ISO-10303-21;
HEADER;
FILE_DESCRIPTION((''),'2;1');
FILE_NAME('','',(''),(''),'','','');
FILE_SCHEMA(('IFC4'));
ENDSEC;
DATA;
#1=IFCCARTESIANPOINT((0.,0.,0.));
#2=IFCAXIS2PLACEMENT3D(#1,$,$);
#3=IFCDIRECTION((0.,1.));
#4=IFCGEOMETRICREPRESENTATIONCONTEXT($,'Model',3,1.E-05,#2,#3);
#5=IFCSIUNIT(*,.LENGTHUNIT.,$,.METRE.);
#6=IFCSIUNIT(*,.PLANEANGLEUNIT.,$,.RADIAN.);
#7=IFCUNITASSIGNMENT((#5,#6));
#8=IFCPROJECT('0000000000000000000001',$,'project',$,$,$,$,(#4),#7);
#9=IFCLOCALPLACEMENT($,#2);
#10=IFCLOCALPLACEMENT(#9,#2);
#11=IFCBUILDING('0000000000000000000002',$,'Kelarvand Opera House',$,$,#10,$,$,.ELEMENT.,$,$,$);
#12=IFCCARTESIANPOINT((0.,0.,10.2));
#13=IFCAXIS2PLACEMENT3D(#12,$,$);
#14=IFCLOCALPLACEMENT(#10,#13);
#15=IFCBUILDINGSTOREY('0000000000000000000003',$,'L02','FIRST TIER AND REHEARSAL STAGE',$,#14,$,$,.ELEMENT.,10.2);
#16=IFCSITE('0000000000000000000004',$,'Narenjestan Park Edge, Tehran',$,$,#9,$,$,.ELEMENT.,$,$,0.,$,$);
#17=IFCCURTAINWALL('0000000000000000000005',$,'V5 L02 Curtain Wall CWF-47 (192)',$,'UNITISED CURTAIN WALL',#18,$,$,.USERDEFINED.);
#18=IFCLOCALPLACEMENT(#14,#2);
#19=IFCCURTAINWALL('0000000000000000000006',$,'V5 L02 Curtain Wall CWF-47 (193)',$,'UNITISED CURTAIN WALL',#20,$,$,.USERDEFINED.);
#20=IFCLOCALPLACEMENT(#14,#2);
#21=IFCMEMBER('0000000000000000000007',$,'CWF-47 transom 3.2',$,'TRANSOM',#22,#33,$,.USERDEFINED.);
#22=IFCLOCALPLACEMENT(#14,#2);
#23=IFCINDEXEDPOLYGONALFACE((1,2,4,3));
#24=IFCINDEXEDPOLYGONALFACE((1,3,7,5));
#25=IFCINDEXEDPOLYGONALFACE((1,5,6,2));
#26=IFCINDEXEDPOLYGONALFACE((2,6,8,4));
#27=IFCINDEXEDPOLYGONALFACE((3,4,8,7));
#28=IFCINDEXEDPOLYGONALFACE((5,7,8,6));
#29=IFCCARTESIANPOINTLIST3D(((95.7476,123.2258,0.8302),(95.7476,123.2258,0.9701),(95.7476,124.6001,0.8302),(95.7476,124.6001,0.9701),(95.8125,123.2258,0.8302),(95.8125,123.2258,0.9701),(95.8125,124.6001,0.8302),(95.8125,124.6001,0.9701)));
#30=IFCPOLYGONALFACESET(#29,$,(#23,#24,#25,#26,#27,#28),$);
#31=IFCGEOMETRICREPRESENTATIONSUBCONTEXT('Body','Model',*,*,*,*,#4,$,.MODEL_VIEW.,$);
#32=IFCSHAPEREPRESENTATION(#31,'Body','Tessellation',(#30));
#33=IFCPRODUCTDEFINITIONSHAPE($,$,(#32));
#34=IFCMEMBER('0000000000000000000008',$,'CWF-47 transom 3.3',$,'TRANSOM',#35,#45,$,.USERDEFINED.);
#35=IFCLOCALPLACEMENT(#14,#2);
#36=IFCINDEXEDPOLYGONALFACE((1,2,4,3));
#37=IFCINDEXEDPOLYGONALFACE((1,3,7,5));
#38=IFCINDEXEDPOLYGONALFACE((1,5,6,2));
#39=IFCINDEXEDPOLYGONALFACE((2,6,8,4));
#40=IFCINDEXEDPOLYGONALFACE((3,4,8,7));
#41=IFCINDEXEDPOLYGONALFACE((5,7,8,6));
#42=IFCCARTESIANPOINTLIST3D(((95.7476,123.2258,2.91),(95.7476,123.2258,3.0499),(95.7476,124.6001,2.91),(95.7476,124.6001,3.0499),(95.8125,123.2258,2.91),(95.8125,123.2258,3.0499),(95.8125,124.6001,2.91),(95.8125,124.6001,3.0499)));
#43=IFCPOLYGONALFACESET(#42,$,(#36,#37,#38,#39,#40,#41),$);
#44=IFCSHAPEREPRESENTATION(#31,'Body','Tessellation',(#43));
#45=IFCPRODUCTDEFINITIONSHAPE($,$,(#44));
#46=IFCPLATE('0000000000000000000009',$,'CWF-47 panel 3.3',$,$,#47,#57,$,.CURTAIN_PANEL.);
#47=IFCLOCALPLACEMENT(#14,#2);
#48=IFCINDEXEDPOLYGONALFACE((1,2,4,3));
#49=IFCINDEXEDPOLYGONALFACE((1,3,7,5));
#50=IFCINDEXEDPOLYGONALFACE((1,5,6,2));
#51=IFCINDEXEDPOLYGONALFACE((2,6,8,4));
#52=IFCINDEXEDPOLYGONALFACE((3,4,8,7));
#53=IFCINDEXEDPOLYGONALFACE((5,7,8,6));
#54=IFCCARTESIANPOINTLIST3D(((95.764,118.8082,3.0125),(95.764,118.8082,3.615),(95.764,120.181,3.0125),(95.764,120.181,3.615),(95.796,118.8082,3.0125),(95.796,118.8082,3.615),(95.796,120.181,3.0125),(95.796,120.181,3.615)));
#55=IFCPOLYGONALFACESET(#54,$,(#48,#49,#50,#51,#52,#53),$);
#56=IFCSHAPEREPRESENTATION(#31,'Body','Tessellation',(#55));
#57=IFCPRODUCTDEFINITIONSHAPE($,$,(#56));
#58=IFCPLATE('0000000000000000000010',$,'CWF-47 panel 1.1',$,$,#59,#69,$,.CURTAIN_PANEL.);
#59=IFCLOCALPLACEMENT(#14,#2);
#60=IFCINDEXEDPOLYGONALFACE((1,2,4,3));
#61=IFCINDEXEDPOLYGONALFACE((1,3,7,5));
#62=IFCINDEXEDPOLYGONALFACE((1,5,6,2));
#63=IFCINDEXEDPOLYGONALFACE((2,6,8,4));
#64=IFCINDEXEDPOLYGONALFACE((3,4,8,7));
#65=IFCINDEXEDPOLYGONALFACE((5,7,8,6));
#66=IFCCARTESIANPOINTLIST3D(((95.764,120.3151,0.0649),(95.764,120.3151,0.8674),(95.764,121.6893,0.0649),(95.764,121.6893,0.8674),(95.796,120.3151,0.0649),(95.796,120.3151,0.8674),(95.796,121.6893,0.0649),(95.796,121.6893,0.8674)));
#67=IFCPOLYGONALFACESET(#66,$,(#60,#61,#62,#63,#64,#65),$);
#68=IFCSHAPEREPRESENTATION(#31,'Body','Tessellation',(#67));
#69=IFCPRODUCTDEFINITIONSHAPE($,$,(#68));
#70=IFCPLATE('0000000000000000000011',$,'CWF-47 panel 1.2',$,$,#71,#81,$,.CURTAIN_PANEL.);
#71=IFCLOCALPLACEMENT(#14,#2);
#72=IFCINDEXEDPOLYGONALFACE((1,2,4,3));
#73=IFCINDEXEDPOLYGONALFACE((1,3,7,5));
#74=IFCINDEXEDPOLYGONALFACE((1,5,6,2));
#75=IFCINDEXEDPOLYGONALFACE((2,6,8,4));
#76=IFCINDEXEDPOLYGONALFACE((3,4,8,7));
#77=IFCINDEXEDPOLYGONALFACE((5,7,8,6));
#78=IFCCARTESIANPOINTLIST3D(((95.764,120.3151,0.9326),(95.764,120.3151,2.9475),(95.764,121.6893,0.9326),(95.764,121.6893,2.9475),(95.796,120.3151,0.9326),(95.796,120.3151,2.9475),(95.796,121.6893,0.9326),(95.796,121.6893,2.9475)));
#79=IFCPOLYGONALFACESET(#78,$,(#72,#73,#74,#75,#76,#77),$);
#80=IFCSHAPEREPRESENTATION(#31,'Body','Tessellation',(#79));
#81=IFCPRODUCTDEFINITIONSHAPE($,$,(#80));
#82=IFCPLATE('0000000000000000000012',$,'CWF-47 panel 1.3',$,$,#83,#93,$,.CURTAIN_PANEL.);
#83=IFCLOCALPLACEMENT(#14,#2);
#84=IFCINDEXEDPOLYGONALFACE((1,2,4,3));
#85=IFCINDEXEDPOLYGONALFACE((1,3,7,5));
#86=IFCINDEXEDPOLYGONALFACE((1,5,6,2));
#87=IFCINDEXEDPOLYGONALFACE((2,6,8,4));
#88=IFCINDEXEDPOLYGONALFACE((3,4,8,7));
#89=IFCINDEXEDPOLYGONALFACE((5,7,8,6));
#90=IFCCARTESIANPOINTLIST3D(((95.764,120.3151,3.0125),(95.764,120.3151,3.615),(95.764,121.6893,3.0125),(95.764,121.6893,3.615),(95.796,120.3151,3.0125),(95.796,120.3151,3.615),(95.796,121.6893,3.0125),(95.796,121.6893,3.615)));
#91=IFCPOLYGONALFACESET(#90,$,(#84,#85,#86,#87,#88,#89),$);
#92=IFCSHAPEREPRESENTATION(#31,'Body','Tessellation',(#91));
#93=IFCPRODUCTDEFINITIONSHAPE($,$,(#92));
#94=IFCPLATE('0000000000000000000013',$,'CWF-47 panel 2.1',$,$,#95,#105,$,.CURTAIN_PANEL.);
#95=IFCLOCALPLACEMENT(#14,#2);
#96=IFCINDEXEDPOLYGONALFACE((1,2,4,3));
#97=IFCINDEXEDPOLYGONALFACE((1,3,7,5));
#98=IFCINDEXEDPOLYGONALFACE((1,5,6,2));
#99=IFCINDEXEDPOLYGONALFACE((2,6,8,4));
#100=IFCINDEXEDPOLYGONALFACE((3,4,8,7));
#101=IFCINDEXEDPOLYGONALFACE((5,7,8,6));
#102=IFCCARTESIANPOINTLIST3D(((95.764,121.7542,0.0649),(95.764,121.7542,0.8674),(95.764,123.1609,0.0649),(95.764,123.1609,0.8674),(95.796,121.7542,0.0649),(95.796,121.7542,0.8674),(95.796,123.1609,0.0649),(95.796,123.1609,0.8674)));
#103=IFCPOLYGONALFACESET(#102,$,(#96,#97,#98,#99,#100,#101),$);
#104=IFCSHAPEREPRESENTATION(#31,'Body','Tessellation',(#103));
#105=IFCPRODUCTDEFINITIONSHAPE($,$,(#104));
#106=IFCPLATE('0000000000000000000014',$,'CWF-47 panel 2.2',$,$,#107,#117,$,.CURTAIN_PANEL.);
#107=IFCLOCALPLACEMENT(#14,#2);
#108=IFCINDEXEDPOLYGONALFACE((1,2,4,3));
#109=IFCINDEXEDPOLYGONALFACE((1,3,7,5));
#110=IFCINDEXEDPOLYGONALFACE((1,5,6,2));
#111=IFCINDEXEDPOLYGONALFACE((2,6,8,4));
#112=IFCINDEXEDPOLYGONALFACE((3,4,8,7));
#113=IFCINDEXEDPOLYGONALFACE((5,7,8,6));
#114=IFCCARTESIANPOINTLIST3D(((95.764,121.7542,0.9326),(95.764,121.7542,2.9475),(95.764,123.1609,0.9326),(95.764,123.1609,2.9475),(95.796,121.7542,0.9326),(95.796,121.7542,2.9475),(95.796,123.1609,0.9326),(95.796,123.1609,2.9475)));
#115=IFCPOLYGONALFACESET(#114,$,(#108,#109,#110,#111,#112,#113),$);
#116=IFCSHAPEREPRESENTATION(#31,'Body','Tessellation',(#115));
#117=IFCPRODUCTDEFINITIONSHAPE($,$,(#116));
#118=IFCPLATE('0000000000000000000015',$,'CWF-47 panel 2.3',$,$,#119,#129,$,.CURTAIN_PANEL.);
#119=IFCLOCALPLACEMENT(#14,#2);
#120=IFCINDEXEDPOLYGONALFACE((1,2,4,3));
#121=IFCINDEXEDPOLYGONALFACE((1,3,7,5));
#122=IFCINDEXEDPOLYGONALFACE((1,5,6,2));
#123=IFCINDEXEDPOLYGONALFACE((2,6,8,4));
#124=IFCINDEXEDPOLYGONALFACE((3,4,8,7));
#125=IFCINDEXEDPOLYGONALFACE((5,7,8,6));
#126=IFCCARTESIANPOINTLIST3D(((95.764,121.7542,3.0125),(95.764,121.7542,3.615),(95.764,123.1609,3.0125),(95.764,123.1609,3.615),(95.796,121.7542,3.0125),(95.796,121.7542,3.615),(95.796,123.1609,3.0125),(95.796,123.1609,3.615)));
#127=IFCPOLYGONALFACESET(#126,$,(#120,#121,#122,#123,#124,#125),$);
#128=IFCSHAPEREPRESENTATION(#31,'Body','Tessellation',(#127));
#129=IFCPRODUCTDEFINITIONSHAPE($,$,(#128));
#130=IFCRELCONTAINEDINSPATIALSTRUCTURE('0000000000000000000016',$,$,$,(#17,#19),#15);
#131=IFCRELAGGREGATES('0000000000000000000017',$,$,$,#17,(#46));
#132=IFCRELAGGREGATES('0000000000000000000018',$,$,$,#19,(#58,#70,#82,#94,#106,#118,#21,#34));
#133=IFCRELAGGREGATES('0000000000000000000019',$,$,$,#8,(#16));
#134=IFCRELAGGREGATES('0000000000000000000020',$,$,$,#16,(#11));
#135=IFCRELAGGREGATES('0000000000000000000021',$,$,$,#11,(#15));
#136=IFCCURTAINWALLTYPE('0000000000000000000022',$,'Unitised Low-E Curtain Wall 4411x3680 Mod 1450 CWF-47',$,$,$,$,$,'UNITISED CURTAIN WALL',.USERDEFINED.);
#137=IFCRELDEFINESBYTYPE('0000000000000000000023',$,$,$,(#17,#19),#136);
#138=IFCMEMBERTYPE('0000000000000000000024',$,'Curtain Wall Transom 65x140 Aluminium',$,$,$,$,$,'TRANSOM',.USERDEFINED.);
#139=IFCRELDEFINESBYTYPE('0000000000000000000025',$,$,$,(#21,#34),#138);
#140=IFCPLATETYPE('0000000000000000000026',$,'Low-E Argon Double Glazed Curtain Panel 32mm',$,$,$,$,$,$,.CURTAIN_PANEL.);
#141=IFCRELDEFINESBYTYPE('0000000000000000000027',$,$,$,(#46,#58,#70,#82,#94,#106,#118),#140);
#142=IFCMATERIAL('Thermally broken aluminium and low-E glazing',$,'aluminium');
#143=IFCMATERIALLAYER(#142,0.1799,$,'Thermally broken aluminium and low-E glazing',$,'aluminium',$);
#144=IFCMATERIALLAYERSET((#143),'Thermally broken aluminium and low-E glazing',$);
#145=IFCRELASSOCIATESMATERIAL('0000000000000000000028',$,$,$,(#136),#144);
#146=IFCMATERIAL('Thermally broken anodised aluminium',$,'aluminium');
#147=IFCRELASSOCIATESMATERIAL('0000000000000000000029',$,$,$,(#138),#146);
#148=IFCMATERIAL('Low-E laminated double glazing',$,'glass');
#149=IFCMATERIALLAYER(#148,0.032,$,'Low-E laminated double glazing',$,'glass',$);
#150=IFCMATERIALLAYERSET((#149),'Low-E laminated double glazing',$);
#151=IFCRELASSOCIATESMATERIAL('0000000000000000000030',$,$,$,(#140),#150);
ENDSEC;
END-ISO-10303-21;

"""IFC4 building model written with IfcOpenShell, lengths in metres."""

from ifc_helpers import new_model, si_unit, direction, frame, origin, origin_2d, place, context, subcontext, project, spatial, rectangle, extrude, material, layer, layer_set, material_profile, profile_set, type_object, element, aggregate, save


model = new_model("IFC4")

# Units and contexts
model_context = context("Model", 3, precision=1e-05, world=origin(), true_north=direction((0.0, 1.0)))
body_context = subcontext(model_context, "Body", "Model", "MODEL_VIEW")
ifc_project = project(units=[si_unit("LENGTHUNIT", "METRE"), si_unit("PLANEANGLEUNIT", "RADIAN")], contexts=[model_context])

# Site, building, storey
site_placement = place(None, origin())
site = spatial("IfcSite", under=ifc_project, at=site_placement, Name="Narenjestan Park Edge, Tehran", CompositionType="ELEMENT", RefElevation=0.0)
building_placement = place(site_placement, origin())
building = spatial("IfcBuilding", under=site, at=building_placement, Name="Kelarvand Opera House", CompositionType="ELEMENT")
storey_placement = place(building_placement, frame((0.0, 0.0, 10.2)))
storey = spatial("IfcBuildingStorey", under=building, at=storey_placement, Name="L02", Description="FIRST TIER AND REHEARSAL STAGE", CompositionType="ELEMENT", Elevation=10.2)

# Curtain wall
ifc_material_1 = material(Name="Thermally broken aluminium and low-E glazing", Category="aluminium")
ifc_layer_1 = layer(ifc_material_1, 0.1799, Name="Thermally broken aluminium and low-E glazing", Category="aluminium")
ifc_layer_set_1 = layer_set([ifc_layer_1], Name="Thermally broken aluminium and low-E glazing")
curtain_wall_type = type_object("IfcCurtainWallType", Name="Unitised Low-E Curtain Wall 4411x3680 Mod 1450 CWF-47", ElementType="UNITISED CURTAIN WALL", PredefinedType="USERDEFINED", material=ifc_layer_set_1)
curtain_wall_1_placement = place(storey_placement, origin())
curtain_wall_1 = element("IfcCurtainWall", 1, at=curtain_wall_1_placement, inside=storey, type_object=curtain_wall_type, Name="V5 L02 Curtain Wall CWF-47 (192)", ObjectType="UNITISED CURTAIN WALL", PredefinedType="USERDEFINED")
ifc_material_2 = material(Name="Thermally broken anodised aluminium", Category="aluminium")

# Curtain wall, members
curtain_wall_2_placement = place(storey_placement, origin())
curtain_wall_2 = element("IfcCurtainWall", 2, at=curtain_wall_2_placement, inside=storey, type_object=curtain_wall_type, Name="V5 L02 Curtain Wall CWF-47 (193)", ObjectType="UNITISED CURTAIN WALL", PredefinedType="USERDEFINED")
ifc_material_profile_1 = material_profile(ifc_material_2, rectangle(XDim=0.0649, YDim=0.1399, at=origin_2d()), Name="ALU TRANSOM 65x140", Category="aluminium")
ifc_profile_set_1 = profile_set([ifc_material_profile_1], Name="Thermally broken anodised aluminium")
member_type_1 = type_object("IfcMemberType", Name="Curtain Wall Transom 65x140 Aluminium", ElementType="TRANSOM", PredefinedType="USERDEFINED", material=ifc_profile_set_1)
member_1_placement = place(storey_placement, frame((95.78, 123.2258, 0.9001), z_axis=(0.0, 1.0, 0.0), x_axis=(-1.0, 0.0, 0.0)))
member_1 = element("IfcMember", 3, at=member_1_placement, type_object=member_type_1, Name="CWF-47 transom 3.2", ObjectType="TRANSOM", PredefinedType="USERDEFINED", context=body_context, shape_type="SweptSolid", body=[
    extrude(rectangle(XDim=0.0649, YDim=0.1399, at=origin_2d()), origin(), (0.0, 0.0, 1.0), 1.3743),
])
member_2_placement = place(storey_placement, frame((95.78, 123.2258, 2.98), z_axis=(0.0, 1.0, 0.0), x_axis=(-1.0, 0.0, 0.0)))
member_2 = element("IfcMember", 4, at=member_2_placement, type_object=member_type_1, Name="CWF-47 transom 3.3", ObjectType="TRANSOM", PredefinedType="USERDEFINED", context=body_context, shape_type="SweptSolid", body=[
    extrude(rectangle(XDim=0.0649, YDim=0.1399, at=origin_2d()), origin(), (0.0, 0.0, 1.0), 1.3743),
])

# Plates
ifc_material_3 = material(Name="Low-E laminated double glazing", Category="glass")
ifc_layer_2 = layer(ifc_material_3, 0.032, Name="Low-E laminated double glazing", Category="glass")
ifc_layer_set_2 = layer_set([ifc_layer_2], Name="Low-E laminated double glazing")
plate_type = type_object("IfcPlateType", Name="Low-E Argon Double Glazed Curtain Panel 32mm", PredefinedType="CURTAIN_PANEL", material=ifc_layer_set_2)
plate_1_placement = place(storey_placement, frame((95.78, 119.4946, 3.0125), z_axis=(0.0, 0.0, 1.0), x_axis=(0.0, 1.0, 0.0)))
plate_1 = element("IfcPlate", 5, at=plate_1_placement, type_object=plate_type, Name="CWF-47 panel 3.3", PredefinedType="CURTAIN_PANEL", context=body_context, shape_type="SweptSolid", body=[
    extrude(rectangle(XDim=1.3728, YDim=0.032, at=origin_2d()), origin(), (0.0, 0.0, 1.0), 0.6025),
])
aggregate(curtain_wall_1, [plate_1])
plate_2_placement = place(storey_placement, frame((95.78, 121.0022, 0.0649), z_axis=(0.0, 0.0, 1.0), x_axis=(0.0, 1.0, 0.0)))
plate_2 = element("IfcPlate", 6, at=plate_2_placement, type_object=plate_type, Name="CWF-47 panel 1.1", PredefinedType="CURTAIN_PANEL", context=body_context, shape_type="SweptSolid", body=[
    extrude(rectangle(XDim=1.3743, YDim=0.032, at=origin_2d()), origin(), (0.0, 0.0, 1.0), 0.8025),
])
plate_3_placement = place(storey_placement, frame((95.78, 121.0022, 0.9326), z_axis=(0.0, 0.0, 1.0), x_axis=(0.0, 1.0, 0.0)))
plate_3 = element("IfcPlate", 7, at=plate_3_placement, type_object=plate_type, Name="CWF-47 panel 1.2", PredefinedType="CURTAIN_PANEL", context=body_context, shape_type="SweptSolid", body=[
    extrude(rectangle(XDim=1.3743, YDim=0.032, at=origin_2d()), origin(), (0.0, 0.0, 1.0), 2.0149),
])
plate_4_placement = place(storey_placement, frame((95.78, 121.0022, 3.0125), z_axis=(0.0, 0.0, 1.0), x_axis=(0.0, 1.0, 0.0)))
plate_4 = element("IfcPlate", 8, at=plate_4_placement, type_object=plate_type, Name="CWF-47 panel 1.3", PredefinedType="CURTAIN_PANEL", context=body_context, shape_type="SweptSolid", body=[
    extrude(rectangle(XDim=1.3743, YDim=0.032, at=origin_2d()), origin(), (0.0, 0.0, 1.0), 0.6025),
])
plate_5_placement = place(storey_placement, frame((95.78, 122.4575, 0.0649), z_axis=(0.0, 0.0, 1.0), x_axis=(0.0, 1.0, 0.0)))
plate_5 = element("IfcPlate", 9, at=plate_5_placement, type_object=plate_type, Name="CWF-47 panel 2.1", PredefinedType="CURTAIN_PANEL", context=body_context, shape_type="SweptSolid", body=[
    extrude(rectangle(XDim=1.4067, YDim=0.032, at=origin_2d()), origin(), (0.0, 0.0, 1.0), 0.8025),
])
plate_6_placement = place(storey_placement, frame((95.78, 122.4575, 0.9326), z_axis=(0.0, 0.0, 1.0), x_axis=(0.0, 1.0, 0.0)))
plate_6 = element("IfcPlate", 10, at=plate_6_placement, type_object=plate_type, Name="CWF-47 panel 2.2", PredefinedType="CURTAIN_PANEL", context=body_context, shape_type="SweptSolid", body=[
    extrude(rectangle(XDim=1.4067, YDim=0.032, at=origin_2d()), origin(), (0.0, 0.0, 1.0), 2.0149),
])
plate_7_placement = place(storey_placement, frame((95.78, 122.4575, 3.0125), z_axis=(0.0, 0.0, 1.0), x_axis=(0.0, 1.0, 0.0)))
plate_7 = element("IfcPlate", 11, at=plate_7_placement, type_object=plate_type, Name="CWF-47 panel 2.3", PredefinedType="CURTAIN_PANEL", context=body_context, shape_type="SweptSolid", body=[
    extrude(rectangle(XDim=1.4067, YDim=0.032, at=origin_2d()), origin(), (0.0, 0.0, 1.0), 0.6025),
])
aggregate(curtain_wall_2, [plate_2, plate_3, plate_4, plate_5, plate_6, plate_7, member_1, member_2])

save(model, "model.ifc")
